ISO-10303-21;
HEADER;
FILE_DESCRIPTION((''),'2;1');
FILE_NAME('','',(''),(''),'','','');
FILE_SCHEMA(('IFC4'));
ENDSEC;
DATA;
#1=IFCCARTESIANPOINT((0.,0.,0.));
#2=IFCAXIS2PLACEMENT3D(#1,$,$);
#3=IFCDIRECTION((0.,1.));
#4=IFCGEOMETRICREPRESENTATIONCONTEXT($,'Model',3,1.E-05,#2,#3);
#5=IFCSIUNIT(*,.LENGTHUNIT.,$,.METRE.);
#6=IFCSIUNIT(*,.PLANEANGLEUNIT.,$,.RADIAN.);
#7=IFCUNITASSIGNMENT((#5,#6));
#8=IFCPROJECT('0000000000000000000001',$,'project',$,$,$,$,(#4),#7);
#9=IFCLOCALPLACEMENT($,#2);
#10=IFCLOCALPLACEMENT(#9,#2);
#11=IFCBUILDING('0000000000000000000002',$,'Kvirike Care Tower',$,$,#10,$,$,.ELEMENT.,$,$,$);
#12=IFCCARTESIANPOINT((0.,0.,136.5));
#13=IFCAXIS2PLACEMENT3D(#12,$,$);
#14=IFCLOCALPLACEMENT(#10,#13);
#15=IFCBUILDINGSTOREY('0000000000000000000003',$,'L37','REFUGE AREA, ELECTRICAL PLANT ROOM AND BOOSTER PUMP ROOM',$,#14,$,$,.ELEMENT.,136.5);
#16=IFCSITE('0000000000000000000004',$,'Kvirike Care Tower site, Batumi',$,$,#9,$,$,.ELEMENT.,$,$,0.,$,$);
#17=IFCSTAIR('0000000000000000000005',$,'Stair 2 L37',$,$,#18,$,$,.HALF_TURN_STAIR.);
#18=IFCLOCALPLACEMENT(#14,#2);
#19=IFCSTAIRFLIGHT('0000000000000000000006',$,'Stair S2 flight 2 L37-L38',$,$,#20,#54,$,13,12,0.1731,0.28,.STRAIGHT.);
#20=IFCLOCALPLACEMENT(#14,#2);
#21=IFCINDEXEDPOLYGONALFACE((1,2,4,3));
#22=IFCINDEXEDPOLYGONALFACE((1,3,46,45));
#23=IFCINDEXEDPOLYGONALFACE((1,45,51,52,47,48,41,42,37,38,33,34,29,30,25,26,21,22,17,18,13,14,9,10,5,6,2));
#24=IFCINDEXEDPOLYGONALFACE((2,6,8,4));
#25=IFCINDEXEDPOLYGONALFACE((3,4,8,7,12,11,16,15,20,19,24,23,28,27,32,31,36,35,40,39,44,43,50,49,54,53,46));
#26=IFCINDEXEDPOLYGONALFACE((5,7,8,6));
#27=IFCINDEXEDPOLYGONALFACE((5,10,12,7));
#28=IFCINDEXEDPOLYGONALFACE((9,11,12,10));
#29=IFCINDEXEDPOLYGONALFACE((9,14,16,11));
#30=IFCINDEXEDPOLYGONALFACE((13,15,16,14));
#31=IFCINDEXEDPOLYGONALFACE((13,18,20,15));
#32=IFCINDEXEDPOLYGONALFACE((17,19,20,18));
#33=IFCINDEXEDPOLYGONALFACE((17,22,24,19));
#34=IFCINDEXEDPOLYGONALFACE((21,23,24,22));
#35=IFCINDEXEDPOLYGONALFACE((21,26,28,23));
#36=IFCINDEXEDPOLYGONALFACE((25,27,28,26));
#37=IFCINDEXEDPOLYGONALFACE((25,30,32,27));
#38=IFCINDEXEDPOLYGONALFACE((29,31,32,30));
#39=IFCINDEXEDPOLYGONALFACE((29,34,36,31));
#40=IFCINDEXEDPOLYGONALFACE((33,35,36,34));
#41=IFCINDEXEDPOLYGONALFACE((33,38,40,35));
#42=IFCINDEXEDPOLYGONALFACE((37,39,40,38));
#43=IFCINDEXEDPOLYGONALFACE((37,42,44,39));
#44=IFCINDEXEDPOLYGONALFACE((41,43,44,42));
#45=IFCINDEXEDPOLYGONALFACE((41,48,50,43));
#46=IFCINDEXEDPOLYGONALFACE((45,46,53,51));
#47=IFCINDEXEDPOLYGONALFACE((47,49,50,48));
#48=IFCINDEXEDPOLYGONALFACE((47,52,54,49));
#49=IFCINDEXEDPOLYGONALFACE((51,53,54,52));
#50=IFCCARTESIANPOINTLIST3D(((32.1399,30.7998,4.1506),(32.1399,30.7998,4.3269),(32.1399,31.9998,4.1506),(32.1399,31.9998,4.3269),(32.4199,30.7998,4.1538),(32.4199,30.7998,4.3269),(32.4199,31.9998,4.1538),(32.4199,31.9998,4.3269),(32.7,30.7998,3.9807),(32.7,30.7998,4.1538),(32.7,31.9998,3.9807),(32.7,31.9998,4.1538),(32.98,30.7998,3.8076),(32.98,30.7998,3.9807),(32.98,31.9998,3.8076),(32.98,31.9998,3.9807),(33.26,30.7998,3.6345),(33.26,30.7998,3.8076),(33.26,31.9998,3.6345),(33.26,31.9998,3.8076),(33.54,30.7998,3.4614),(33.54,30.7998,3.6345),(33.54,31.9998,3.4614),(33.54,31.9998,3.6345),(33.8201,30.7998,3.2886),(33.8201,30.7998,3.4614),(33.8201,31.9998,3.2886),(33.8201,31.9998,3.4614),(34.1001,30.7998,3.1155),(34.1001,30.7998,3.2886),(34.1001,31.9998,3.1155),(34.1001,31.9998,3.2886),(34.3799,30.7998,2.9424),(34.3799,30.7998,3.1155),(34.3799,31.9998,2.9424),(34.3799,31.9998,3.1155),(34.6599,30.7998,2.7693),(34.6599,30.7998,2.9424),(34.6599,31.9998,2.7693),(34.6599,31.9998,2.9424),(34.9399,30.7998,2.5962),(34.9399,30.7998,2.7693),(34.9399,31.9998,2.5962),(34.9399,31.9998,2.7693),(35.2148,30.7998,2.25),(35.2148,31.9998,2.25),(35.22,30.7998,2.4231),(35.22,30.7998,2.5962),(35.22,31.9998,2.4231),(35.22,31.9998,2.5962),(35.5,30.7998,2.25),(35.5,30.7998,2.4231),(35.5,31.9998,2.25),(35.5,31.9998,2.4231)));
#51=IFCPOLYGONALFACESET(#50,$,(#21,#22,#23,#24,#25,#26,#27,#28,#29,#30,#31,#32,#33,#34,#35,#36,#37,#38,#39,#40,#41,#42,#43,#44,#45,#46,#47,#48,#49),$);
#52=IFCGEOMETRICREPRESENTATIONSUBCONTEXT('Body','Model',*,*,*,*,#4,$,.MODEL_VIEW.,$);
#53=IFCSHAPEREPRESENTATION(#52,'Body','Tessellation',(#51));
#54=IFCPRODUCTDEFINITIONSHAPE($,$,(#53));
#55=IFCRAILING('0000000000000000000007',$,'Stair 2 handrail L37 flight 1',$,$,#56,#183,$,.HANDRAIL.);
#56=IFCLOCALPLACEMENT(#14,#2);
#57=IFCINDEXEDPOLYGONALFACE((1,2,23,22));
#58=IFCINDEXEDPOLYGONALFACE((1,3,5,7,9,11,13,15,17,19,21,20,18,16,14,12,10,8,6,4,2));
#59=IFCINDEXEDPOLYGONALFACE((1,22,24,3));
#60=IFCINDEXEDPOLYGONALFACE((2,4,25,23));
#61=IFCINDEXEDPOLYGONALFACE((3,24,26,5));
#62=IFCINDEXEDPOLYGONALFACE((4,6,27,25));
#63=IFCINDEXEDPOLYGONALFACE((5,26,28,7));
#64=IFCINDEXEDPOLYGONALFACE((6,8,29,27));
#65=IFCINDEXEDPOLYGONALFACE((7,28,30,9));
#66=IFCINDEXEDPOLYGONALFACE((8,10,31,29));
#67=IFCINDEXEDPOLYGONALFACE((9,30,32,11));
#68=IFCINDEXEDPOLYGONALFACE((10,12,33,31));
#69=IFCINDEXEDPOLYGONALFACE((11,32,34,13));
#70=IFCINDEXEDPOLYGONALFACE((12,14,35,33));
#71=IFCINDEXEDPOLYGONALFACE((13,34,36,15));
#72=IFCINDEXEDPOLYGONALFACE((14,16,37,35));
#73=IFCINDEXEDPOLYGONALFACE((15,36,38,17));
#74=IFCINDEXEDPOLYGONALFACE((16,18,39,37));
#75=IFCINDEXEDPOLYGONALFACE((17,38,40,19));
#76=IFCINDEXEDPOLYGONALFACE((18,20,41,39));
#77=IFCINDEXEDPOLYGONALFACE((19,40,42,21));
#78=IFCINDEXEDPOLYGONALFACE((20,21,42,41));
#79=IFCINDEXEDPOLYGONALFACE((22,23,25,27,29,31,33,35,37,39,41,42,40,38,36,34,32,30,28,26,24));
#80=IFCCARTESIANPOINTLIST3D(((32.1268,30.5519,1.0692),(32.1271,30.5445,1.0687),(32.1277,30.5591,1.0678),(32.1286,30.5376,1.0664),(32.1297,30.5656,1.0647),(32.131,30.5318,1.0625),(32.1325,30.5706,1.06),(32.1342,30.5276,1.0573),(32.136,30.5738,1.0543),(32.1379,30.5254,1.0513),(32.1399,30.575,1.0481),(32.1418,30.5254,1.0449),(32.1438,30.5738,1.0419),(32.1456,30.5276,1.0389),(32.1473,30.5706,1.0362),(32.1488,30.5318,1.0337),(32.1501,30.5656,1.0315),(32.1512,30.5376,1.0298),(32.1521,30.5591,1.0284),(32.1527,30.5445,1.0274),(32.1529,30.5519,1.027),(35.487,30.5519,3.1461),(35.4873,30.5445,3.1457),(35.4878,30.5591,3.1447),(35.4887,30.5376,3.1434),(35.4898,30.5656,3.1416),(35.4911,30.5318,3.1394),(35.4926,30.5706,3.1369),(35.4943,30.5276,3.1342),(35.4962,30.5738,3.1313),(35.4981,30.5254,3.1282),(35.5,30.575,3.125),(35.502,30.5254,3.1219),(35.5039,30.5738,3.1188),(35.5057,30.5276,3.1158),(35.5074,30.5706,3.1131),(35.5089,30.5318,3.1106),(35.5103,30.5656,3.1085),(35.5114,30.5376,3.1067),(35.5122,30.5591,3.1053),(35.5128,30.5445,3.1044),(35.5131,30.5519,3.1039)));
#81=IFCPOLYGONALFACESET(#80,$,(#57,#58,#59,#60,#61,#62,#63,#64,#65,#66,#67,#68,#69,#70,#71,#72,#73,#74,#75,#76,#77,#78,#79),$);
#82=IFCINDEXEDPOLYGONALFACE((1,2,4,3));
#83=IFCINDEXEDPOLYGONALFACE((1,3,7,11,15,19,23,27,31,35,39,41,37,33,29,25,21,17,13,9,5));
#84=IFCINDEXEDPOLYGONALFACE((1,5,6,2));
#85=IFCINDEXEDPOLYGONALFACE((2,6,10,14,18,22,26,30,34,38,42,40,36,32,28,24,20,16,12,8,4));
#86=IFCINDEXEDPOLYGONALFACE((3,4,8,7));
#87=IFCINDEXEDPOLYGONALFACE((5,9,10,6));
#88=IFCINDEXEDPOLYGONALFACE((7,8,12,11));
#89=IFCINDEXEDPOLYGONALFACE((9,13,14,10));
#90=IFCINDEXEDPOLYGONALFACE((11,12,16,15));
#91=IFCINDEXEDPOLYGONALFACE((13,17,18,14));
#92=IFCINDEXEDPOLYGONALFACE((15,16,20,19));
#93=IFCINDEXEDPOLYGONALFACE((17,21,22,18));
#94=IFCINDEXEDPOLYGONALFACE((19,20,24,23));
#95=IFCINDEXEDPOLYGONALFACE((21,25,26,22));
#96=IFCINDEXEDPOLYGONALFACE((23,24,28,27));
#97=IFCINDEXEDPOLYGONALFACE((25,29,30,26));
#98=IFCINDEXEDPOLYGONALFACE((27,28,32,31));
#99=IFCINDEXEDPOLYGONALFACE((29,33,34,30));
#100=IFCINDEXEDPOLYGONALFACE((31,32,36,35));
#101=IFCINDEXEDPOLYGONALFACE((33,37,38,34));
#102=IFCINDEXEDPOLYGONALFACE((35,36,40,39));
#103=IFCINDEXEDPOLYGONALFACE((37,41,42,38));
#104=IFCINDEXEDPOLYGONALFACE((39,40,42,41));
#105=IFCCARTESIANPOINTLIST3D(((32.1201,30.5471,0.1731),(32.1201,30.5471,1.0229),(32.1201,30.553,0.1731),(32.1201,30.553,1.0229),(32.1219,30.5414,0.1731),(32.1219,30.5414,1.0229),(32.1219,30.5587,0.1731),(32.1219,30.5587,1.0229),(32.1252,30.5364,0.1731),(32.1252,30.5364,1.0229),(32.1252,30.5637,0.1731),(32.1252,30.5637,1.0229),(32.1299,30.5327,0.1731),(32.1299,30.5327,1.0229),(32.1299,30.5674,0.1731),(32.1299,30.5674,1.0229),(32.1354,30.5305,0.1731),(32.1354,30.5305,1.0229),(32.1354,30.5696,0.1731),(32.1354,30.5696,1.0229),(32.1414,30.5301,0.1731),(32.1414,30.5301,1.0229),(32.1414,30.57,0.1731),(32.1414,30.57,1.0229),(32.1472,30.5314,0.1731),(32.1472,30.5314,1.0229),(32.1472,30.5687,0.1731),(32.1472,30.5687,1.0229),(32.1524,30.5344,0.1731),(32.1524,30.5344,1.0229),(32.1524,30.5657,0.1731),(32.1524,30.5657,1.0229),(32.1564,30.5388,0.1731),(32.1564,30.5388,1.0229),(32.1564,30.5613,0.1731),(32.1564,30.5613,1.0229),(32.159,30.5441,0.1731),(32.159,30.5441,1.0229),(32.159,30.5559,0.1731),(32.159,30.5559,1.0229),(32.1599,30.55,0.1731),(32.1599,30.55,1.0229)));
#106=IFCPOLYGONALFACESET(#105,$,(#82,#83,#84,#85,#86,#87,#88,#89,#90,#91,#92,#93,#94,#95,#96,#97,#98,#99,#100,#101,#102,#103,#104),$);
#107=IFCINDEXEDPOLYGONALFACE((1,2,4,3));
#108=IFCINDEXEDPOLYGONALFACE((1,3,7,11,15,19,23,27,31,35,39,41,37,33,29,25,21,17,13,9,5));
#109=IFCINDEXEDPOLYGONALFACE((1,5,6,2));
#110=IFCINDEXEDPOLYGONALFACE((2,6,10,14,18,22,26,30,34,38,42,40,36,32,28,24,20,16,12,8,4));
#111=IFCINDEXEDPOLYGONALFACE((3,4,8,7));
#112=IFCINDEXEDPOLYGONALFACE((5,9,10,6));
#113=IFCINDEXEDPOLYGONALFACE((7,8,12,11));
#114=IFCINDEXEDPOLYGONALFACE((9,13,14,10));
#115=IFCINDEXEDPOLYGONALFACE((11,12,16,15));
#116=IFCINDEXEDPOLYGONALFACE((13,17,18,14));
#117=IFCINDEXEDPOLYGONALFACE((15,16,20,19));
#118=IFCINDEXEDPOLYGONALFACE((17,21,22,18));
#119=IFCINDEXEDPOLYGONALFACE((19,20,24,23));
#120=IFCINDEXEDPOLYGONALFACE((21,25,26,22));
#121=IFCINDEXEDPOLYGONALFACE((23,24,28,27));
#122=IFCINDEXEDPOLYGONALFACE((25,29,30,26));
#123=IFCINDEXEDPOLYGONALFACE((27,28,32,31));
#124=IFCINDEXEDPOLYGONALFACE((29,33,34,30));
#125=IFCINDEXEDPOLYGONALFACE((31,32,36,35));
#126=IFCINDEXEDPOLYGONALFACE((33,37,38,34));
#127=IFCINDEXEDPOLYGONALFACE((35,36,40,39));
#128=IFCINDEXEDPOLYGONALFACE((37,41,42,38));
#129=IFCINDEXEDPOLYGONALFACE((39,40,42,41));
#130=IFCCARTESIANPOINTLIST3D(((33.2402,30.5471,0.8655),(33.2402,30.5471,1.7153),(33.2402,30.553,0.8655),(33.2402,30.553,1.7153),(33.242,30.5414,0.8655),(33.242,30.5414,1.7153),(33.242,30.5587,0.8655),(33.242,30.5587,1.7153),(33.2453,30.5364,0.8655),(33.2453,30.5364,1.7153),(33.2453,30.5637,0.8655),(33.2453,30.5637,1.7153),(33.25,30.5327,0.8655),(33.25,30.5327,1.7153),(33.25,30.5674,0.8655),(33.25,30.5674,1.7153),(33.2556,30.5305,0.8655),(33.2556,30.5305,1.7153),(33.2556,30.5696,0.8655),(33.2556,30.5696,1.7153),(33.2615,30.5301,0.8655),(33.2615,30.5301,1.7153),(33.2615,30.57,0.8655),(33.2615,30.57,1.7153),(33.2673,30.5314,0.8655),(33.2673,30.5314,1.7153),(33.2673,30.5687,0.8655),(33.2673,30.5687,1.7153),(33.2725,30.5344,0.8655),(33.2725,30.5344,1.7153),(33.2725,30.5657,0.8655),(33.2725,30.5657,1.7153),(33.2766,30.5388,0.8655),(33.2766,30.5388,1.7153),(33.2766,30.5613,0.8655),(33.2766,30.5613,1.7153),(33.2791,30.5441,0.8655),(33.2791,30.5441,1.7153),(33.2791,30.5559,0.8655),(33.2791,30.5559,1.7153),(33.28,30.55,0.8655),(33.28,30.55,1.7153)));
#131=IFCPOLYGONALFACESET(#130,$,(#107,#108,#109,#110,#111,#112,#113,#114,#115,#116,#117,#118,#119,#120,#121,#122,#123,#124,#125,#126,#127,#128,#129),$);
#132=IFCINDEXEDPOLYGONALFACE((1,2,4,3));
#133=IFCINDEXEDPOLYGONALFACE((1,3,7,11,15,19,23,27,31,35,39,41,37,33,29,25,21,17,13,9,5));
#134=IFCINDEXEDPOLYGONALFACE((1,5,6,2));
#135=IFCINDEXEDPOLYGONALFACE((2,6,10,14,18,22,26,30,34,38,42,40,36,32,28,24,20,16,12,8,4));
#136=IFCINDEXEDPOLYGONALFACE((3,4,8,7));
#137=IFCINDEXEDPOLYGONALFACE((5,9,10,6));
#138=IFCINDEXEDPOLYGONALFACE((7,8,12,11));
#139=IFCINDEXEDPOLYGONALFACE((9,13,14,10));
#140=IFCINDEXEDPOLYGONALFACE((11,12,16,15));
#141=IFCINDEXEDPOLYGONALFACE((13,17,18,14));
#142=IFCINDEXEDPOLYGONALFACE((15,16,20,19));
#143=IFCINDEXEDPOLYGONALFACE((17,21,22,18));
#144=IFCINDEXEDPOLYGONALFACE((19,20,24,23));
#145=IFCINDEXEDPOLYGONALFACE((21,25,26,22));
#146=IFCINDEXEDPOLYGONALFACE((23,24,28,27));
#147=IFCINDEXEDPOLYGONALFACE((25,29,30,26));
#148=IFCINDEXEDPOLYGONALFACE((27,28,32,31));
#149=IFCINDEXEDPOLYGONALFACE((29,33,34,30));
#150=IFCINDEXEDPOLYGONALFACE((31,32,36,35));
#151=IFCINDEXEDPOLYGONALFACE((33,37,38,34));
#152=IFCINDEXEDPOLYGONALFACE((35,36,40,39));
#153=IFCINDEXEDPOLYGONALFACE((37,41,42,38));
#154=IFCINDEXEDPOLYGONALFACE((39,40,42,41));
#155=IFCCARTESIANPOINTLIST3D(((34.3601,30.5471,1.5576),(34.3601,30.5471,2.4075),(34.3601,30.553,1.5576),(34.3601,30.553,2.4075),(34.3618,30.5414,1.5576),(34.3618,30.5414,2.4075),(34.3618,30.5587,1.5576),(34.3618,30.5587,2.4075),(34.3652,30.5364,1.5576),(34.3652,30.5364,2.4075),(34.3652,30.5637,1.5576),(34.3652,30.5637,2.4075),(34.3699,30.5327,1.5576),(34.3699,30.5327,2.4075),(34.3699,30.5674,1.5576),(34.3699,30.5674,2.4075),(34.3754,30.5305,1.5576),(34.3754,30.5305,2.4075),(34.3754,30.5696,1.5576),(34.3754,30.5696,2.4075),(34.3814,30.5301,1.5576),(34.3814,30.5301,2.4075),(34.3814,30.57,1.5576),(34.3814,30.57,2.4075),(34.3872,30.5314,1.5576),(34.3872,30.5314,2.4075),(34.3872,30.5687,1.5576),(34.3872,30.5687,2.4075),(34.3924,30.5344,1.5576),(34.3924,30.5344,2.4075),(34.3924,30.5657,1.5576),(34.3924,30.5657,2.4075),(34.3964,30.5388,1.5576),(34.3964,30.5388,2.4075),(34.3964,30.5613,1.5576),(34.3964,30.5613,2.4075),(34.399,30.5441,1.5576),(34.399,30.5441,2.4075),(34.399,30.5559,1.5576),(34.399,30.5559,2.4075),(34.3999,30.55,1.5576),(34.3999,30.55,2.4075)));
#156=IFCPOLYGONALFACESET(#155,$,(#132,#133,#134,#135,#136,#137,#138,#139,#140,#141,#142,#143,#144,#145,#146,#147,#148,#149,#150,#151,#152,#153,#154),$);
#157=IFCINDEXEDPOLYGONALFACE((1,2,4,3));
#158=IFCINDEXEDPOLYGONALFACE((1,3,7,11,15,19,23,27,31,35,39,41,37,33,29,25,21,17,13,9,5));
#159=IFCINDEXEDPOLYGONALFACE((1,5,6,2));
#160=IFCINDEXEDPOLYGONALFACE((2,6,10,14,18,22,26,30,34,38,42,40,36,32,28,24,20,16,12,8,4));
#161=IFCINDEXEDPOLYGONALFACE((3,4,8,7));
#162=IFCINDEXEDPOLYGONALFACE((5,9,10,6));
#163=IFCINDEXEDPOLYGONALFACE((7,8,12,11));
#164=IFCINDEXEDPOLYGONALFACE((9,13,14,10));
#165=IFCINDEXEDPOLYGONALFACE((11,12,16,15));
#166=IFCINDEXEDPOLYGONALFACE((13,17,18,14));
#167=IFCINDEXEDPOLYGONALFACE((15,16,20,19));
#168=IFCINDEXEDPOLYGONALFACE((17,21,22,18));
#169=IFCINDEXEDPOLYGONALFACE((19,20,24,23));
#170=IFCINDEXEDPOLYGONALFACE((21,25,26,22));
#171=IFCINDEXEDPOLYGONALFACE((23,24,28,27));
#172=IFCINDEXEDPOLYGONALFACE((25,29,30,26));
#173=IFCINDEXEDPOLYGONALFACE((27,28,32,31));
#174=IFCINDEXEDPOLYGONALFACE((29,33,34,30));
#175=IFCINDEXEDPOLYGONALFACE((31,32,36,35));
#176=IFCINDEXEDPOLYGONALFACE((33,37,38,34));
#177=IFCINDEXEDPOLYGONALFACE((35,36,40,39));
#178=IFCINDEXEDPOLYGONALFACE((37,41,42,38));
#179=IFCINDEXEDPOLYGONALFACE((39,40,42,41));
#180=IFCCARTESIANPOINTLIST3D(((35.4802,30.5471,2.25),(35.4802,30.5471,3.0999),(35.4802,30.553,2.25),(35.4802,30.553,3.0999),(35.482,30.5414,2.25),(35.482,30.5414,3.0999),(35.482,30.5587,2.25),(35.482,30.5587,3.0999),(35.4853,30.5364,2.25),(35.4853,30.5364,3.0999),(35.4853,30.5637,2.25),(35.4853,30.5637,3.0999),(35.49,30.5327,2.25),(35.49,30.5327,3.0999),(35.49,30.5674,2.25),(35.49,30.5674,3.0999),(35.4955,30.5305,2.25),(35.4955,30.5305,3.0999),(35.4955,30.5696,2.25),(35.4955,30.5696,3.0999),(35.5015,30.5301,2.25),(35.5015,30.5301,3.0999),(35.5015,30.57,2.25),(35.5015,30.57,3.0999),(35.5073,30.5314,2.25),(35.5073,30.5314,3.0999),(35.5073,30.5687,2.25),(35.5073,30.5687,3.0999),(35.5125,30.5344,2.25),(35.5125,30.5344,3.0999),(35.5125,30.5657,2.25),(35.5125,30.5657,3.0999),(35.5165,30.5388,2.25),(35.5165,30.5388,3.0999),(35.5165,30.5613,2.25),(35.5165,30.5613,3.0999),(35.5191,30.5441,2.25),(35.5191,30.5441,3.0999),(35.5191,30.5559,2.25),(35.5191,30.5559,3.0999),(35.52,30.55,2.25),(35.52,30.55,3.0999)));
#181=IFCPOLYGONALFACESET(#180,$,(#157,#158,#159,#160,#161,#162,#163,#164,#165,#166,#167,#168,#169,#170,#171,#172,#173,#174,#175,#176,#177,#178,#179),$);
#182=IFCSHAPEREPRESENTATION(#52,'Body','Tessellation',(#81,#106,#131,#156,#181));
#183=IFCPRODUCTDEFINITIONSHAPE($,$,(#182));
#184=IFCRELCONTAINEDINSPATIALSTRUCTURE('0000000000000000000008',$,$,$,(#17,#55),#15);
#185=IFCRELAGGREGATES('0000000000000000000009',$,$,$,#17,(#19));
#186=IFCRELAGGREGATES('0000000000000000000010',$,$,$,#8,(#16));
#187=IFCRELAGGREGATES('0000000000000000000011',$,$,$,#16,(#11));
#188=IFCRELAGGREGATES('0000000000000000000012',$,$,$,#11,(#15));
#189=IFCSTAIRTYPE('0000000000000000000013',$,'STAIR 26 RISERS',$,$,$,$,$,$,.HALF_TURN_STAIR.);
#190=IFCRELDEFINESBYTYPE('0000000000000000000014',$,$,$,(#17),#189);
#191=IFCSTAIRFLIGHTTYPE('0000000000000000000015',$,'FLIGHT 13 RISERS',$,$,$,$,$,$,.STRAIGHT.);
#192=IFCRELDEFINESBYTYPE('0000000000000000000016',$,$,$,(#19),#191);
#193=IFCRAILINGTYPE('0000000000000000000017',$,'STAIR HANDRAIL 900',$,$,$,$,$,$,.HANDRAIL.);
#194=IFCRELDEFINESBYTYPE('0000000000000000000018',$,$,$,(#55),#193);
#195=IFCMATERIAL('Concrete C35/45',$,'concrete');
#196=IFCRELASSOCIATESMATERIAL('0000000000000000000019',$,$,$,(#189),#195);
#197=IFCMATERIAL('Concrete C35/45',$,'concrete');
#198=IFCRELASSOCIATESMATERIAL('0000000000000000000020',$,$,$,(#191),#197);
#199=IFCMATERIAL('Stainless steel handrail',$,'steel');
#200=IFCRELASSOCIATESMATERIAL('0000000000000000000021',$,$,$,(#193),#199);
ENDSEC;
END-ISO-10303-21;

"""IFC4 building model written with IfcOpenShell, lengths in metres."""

from ifc_helpers import new_model, si_unit, direction, frame, origin, origin_2d, place, context, subcontext, project, spatial, polyline, circle, outline, extrude, material, type_object, element, aggregate, save


model = new_model("IFC4")

# Units and contexts
model_context = context("Model", 3, precision=1e-05, world=origin(), true_north=direction((0.0, 1.0)))
body_context = subcontext(model_context, "Body", "Model", "MODEL_VIEW")
ifc_project = project(units=[si_unit("LENGTHUNIT", "METRE"), si_unit("PLANEANGLEUNIT", "RADIAN")], contexts=[model_context])

# Site, building, storey
site_placement = place(None, origin())
site = spatial("IfcSite", under=ifc_project, at=site_placement, Name="Kvirike Care Tower site, Batumi", CompositionType="ELEMENT", RefElevation=0.0)
building_placement = place(site_placement, origin())
building = spatial("IfcBuilding", under=site, at=building_placement, Name="Kvirike Care Tower", CompositionType="ELEMENT")
storey_placement = place(building_placement, frame((0.0, 0.0, 136.5)))
storey = spatial("IfcBuildingStorey", under=building, at=storey_placement, Name="L37", Description="REFUGE AREA, ELECTRICAL PLANT ROOM AND BOOSTER PUMP ROOM", CompositionType="ELEMENT", Elevation=136.5)

# Stair, stair flight
ifc_material_1 = material(Name="Concrete C35/45", Category="concrete")
stair_type = type_object("IfcStairType", Name="STAIR 26 RISERS", PredefinedType="HALF_TURN_STAIR", material=ifc_material_1)
stair_placement = place(storey_placement, origin())
stair = element("IfcStair", 1, at=stair_placement, inside=storey, type_object=stair_type, Name="Stair 2 L37", PredefinedType="HALF_TURN_STAIR")
ifc_material_2 = material(Name="Concrete C35/45", Category="concrete")
stair_flight_type = type_object("IfcStairFlightType", Name="FLIGHT 13 RISERS", PredefinedType="STRAIGHT", material=ifc_material_2)
stair_flight_1_placement = place(storey_placement, frame((35.5, 31.3999, 2.25), z_axis=(0.0, 0.0, 1.0), x_axis=(-1.0, 0.0, 0.0)))
stair_flight_1 = element("IfcStairFlight", 2, at=stair_flight_1_placement, type_object=stair_flight_type, Name="Stair S2 flight 2 L37-L38", NumberOfRisers=13, NumberOfTreads=12, PredefinedType="STRAIGHT", RiserHeight=0.1731, TreadLength=0.28, context=body_context, shape_type="SweptSolid", body=[
    extrude(outline(polyline([(0.0, 0.0), (0.0, 0.1731), (0.28, 0.1731), (0.28, 0.3462), (0.5601, 0.3462), (0.5601, 0.5193), (0.8401, 0.5193), (0.8401, 0.6924), (1.1201, 0.6924), (1.1201, 0.8655), (1.3999, 0.8655), (1.3999, 1.0386), (1.6799, 1.0386), (1.6799, 1.2114), (1.96, 1.2114), (1.96, 1.3845), (2.24, 1.3845), (2.24, 1.5576), (2.52, 1.5576), (2.52, 1.7307), (2.8, 1.7307), (2.8, 1.9038), (3.0801, 1.9038), (3.0801, 2.0769), (3.3601, 2.0769), (3.3601, 2.25), (3.3601, 1.9006), (0.2852, 0.0), (0.0, 0.0)])), frame((0.0, 0.6001, 0.0), z_axis=(0.0, -1.0, 0.0), x_axis=(1.0, 0.0, 0.0)), (0.0, 0.0, 1.0), 1.2),
])
aggregate(stair, [stair_flight_1])

# Railing
ifc_material_3 = material(Name="Stainless steel handrail", Category="steel")
railing_type = type_object("IfcRailingType", Name="STAIR HANDRAIL 900", PredefinedType="HANDRAIL", material=ifc_material_3)
railing_1_placement = place(storey_placement, frame((32.1399, 30.55, 0.1731)))
element("IfcRailing", 3, at=railing_1_placement, inside=storey, type_object=railing_type, Name="Stair 2 handrail L37 flight 1", PredefinedType="HANDRAIL", context=body_context, shape_type="SweptSolid", body=[
    extrude(circle(Radius=0.0249, at=origin_2d()), frame((0.0, 0.0, 0.875), z_axis=(0.850623, 0.0, 0.525776), x_axis=(0.0, 1.0, 0.0)), (0.0, 0.0, 1.0), 3.9502),
    extrude(circle(Radius=0.02, at=origin_2d()), origin(), (0.0, 0.0, 1.0), 0.8499),
    extrude(circle(Radius=0.02, at=origin_2d()), frame((1.1201, 0.0, 0.6924)), (0.0, 0.0, 1.0), 0.8499),
    extrude(circle(Radius=0.02, at=origin_2d()), frame((2.24, 0.0, 1.3845)), (0.0, 0.0, 1.0), 0.8499),
    extrude(circle(Radius=0.02, at=origin_2d()), frame((3.3601, 0.0, 2.0769)), (0.0, 0.0, 1.0), 0.8499),
])

save(model, "model.ifc")
